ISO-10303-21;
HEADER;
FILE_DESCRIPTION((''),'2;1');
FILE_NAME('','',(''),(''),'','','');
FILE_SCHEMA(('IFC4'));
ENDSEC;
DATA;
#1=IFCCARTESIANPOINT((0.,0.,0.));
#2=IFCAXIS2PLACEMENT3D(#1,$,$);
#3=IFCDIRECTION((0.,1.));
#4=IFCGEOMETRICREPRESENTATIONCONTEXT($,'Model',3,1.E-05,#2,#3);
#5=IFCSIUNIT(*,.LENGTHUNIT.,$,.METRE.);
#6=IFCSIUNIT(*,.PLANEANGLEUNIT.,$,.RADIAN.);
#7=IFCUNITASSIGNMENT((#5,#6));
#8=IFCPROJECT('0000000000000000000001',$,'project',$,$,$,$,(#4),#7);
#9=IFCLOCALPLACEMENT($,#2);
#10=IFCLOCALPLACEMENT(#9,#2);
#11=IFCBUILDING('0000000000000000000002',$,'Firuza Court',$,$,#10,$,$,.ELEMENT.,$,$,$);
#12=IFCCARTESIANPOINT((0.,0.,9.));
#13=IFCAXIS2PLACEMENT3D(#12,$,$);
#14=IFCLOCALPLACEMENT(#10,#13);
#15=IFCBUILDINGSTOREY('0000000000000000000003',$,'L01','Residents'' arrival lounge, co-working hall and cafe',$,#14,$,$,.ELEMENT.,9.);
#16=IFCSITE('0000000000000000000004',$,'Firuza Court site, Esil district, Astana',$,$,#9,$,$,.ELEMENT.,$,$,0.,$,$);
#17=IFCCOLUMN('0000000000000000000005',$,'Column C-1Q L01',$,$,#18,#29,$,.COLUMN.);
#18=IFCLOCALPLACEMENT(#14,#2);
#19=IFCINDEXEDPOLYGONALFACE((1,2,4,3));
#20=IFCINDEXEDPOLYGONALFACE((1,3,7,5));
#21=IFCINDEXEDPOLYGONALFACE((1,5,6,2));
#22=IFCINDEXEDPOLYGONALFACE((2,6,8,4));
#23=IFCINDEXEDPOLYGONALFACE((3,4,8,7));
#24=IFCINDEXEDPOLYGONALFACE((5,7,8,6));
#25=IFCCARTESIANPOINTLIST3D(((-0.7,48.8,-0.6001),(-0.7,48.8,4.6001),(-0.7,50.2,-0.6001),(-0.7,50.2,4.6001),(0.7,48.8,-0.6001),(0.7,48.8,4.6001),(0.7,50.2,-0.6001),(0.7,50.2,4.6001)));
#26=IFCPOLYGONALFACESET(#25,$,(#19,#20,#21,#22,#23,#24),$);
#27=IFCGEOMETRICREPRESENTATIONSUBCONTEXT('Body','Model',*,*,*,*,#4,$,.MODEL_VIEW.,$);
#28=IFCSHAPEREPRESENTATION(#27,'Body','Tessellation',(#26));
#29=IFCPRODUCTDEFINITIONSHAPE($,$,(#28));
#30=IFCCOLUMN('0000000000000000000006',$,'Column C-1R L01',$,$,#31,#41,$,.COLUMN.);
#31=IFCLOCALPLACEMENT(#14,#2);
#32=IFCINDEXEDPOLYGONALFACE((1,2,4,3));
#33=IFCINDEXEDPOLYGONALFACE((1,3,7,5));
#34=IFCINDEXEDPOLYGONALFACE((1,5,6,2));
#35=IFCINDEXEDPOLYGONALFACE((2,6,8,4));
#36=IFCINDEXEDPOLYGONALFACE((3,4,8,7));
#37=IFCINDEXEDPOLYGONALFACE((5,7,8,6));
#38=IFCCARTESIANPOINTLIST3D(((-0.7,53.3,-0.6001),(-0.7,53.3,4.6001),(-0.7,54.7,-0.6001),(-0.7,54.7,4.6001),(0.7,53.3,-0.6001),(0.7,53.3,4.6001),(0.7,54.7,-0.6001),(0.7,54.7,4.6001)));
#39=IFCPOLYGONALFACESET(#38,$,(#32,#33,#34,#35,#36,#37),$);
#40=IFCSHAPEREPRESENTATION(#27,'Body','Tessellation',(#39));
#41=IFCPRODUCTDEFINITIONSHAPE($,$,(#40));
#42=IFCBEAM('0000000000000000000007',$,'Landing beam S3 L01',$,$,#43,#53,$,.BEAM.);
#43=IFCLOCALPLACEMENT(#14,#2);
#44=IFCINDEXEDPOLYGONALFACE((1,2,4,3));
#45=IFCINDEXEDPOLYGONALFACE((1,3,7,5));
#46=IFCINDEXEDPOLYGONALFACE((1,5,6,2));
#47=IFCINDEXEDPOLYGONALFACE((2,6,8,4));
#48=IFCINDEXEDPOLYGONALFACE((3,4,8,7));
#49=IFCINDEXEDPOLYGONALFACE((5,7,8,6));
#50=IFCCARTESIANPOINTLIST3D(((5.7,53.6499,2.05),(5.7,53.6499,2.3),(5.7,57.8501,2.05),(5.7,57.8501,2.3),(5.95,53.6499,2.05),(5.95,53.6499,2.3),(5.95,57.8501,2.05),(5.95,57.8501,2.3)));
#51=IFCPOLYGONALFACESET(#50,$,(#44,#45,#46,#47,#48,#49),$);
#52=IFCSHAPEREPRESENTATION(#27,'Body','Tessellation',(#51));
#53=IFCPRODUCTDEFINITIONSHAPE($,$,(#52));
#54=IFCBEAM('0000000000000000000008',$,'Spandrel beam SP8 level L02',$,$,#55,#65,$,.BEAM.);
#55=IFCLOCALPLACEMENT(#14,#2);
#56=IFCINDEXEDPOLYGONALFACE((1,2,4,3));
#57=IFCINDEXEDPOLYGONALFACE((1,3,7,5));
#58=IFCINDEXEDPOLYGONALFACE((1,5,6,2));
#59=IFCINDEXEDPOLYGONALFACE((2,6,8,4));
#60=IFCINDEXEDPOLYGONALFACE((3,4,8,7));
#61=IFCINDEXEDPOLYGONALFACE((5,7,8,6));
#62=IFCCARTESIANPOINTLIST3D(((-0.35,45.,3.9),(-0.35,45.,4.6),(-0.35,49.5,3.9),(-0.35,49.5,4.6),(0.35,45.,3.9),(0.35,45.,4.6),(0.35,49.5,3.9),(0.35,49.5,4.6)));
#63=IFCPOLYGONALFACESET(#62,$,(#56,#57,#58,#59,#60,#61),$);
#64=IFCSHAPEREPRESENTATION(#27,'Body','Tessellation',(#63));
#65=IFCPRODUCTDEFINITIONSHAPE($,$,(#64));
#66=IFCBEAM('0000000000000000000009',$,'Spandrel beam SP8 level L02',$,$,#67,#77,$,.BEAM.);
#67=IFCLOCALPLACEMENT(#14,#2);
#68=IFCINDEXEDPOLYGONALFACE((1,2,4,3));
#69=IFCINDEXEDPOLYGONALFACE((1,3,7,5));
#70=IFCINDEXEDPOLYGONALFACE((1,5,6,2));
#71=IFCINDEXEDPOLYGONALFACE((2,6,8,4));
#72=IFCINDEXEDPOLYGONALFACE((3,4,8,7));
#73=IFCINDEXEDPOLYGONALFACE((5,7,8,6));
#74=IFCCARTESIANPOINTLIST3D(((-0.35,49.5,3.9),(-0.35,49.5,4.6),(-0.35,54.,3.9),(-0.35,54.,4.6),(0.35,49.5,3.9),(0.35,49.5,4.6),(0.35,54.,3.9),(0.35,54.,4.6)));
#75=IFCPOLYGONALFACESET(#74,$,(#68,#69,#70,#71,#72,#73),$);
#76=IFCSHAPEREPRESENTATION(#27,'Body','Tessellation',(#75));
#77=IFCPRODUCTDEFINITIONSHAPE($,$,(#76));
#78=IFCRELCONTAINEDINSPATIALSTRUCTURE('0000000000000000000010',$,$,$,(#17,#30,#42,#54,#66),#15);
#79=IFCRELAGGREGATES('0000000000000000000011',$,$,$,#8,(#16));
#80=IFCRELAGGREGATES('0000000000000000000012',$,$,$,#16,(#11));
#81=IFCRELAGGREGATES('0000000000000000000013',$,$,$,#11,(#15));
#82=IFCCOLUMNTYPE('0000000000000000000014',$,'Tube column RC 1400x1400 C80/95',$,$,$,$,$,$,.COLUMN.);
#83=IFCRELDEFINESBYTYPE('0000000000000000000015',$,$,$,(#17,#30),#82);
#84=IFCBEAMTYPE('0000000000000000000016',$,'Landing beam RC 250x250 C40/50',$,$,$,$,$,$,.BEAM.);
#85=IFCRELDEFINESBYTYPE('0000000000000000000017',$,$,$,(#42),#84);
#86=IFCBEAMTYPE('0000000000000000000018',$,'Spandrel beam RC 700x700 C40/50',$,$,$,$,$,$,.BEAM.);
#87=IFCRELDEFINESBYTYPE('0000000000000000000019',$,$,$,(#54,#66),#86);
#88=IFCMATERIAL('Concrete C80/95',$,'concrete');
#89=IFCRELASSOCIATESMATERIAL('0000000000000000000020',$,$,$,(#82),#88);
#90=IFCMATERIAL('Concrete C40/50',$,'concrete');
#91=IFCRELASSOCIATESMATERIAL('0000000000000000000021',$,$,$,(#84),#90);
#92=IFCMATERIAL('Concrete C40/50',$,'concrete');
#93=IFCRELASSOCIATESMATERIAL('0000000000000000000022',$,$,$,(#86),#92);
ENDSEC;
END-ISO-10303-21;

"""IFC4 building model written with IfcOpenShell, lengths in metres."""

from ifc_helpers import new_model, si_unit, direction, frame, origin, origin_2d, place, context, subcontext, project, spatial, rectangle, extrude, material, material_profile, profile_set, type_object, element, save


model = new_model("IFC4")

# Units and contexts
model_context = context("Model", 3, precision=1e-05, world=origin(), true_north=direction((0.0, 1.0)))
body_context = subcontext(model_context, "Body", "Model", "MODEL_VIEW")
ifc_project = project(units=[si_unit("LENGTHUNIT", "METRE"), si_unit("PLANEANGLEUNIT", "RADIAN")], contexts=[model_context])

# Site, building, storey
site_placement = place(None, origin())
site = spatial("IfcSite", under=ifc_project, at=site_placement, Name="Firuza Court site, Esil district, Astana", CompositionType="ELEMENT", RefElevation=0.0)
building_placement = place(site_placement, origin())
building = spatial("IfcBuilding", under=site, at=building_placement, Name="Firuza Court", CompositionType="ELEMENT")
storey_placement = place(building_placement, frame((0.0, 0.0, 9.0)))
storey = spatial("IfcBuildingStorey", under=building, at=storey_placement, Name="L01", Description="Residents' arrival lounge, co-working hall and cafe", CompositionType="ELEMENT", Elevation=9.0)

# Columns
ifc_material_1 = material(Name="Concrete C80/95", Category="concrete")
ifc_material_profile_1 = material_profile(ifc_material_1, rectangle(XDim=1.3999, YDim=1.3999, at=origin_2d()), Name="RC 1400x1400")
ifc_profile_set_1 = profile_set([ifc_material_profile_1], Name="Concrete C80/95")
column_type = type_object("IfcColumnType", Name="Tube column RC 1400x1400 C80/95", PredefinedType="COLUMN", material=ifc_profile_set_1)
for number, where, z_axis, x_axis, name in (
    (1, (0.0, 49.5, -0.6001), (0.0, 0.0, 1.0), (1.0, 0.0, 0.0), "Column C-1Q L01"),
    (2, (0.0, 54.0, -0.6001), (0.0, 0.0, 1.0), (1.0, 0.0, 0.0), "Column C-1R L01"),
):
    element("IfcColumn", number, at=place(storey_placement, frame(where, z_axis=z_axis, x_axis=x_axis)), inside=storey, type_object=column_type, Name=name, PredefinedType="COLUMN", context=body_context, shape_type="SweptSolid", body=[
        extrude(rectangle(XDim=1.3999, YDim=1.3999, at=origin_2d()), origin(), (0.0, 0.0, 1.0), 5.2002),
    ])

# Beams
ifc_material_2 = material(Name="Concrete C40/50", Category="concrete")
ifc_material_profile_2 = material_profile(ifc_material_2, rectangle(XDim=0.25, YDim=0.25, at=origin_2d()), Name="RC 250x250")
ifc_profile_set_2 = profile_set([ifc_material_profile_2], Name="Concrete C40/50")
beam_type_1 = type_object("IfcBeamType", Name="Landing beam RC 250x250 C40/50", PredefinedType="BEAM", material=ifc_profile_set_2)
beam_placement = place(storey_placement, frame((5.825, 53.6499, 2.175), z_axis=(0.0, 1.0, 0.0), x_axis=(-1.0, 0.0, 0.0)))
element("IfcBeam", 3, at=beam_placement, inside=storey, type_object=beam_type_1, Name="Landing beam S3 L01", PredefinedType="BEAM", context=body_context, shape_type="SweptSolid", body=[
    extrude(rectangle(XDim=0.25, YDim=0.25, at=origin_2d()), origin(), (0.0, 0.0, 1.0), 4.2002),
])
ifc_material_3 = material(Name="Concrete C40/50", Category="concrete")
ifc_material_profile_3 = material_profile(ifc_material_3, rectangle(XDim=0.7, YDim=0.7, at=origin_2d()), Name="RC 700x700")
ifc_profile_set_3 = profile_set([ifc_material_profile_3], Name="Concrete C40/50")
beam_type_2 = type_object("IfcBeamType", Name="Spandrel beam RC 700x700 C40/50", PredefinedType="BEAM", material=ifc_profile_set_3)
for number, where, z_axis, x_axis, name in (
    (4, (0.0, 49.5, 4.25), (0.0, -1.0, 0.0), (1.0, 0.0, 0.0), "Spandrel beam SP8 level L02"),
    (5, (0.0, 54.0, 4.25), (0.0, -1.0, 0.0), (1.0, 0.0, 0.0), "Spandrel beam SP8 level L02"),
):
    element("IfcBeam", number, at=place(storey_placement, frame(where, z_axis=z_axis, x_axis=x_axis)), inside=storey, type_object=beam_type_2, Name=name, PredefinedType="BEAM", context=body_context, shape_type="SweptSolid", body=[
        extrude(rectangle(XDim=0.7, YDim=0.7, at=origin_2d()), origin(), (0.0, 0.0, 1.0), 4.5),
    ])

save(model, "model.ifc")
